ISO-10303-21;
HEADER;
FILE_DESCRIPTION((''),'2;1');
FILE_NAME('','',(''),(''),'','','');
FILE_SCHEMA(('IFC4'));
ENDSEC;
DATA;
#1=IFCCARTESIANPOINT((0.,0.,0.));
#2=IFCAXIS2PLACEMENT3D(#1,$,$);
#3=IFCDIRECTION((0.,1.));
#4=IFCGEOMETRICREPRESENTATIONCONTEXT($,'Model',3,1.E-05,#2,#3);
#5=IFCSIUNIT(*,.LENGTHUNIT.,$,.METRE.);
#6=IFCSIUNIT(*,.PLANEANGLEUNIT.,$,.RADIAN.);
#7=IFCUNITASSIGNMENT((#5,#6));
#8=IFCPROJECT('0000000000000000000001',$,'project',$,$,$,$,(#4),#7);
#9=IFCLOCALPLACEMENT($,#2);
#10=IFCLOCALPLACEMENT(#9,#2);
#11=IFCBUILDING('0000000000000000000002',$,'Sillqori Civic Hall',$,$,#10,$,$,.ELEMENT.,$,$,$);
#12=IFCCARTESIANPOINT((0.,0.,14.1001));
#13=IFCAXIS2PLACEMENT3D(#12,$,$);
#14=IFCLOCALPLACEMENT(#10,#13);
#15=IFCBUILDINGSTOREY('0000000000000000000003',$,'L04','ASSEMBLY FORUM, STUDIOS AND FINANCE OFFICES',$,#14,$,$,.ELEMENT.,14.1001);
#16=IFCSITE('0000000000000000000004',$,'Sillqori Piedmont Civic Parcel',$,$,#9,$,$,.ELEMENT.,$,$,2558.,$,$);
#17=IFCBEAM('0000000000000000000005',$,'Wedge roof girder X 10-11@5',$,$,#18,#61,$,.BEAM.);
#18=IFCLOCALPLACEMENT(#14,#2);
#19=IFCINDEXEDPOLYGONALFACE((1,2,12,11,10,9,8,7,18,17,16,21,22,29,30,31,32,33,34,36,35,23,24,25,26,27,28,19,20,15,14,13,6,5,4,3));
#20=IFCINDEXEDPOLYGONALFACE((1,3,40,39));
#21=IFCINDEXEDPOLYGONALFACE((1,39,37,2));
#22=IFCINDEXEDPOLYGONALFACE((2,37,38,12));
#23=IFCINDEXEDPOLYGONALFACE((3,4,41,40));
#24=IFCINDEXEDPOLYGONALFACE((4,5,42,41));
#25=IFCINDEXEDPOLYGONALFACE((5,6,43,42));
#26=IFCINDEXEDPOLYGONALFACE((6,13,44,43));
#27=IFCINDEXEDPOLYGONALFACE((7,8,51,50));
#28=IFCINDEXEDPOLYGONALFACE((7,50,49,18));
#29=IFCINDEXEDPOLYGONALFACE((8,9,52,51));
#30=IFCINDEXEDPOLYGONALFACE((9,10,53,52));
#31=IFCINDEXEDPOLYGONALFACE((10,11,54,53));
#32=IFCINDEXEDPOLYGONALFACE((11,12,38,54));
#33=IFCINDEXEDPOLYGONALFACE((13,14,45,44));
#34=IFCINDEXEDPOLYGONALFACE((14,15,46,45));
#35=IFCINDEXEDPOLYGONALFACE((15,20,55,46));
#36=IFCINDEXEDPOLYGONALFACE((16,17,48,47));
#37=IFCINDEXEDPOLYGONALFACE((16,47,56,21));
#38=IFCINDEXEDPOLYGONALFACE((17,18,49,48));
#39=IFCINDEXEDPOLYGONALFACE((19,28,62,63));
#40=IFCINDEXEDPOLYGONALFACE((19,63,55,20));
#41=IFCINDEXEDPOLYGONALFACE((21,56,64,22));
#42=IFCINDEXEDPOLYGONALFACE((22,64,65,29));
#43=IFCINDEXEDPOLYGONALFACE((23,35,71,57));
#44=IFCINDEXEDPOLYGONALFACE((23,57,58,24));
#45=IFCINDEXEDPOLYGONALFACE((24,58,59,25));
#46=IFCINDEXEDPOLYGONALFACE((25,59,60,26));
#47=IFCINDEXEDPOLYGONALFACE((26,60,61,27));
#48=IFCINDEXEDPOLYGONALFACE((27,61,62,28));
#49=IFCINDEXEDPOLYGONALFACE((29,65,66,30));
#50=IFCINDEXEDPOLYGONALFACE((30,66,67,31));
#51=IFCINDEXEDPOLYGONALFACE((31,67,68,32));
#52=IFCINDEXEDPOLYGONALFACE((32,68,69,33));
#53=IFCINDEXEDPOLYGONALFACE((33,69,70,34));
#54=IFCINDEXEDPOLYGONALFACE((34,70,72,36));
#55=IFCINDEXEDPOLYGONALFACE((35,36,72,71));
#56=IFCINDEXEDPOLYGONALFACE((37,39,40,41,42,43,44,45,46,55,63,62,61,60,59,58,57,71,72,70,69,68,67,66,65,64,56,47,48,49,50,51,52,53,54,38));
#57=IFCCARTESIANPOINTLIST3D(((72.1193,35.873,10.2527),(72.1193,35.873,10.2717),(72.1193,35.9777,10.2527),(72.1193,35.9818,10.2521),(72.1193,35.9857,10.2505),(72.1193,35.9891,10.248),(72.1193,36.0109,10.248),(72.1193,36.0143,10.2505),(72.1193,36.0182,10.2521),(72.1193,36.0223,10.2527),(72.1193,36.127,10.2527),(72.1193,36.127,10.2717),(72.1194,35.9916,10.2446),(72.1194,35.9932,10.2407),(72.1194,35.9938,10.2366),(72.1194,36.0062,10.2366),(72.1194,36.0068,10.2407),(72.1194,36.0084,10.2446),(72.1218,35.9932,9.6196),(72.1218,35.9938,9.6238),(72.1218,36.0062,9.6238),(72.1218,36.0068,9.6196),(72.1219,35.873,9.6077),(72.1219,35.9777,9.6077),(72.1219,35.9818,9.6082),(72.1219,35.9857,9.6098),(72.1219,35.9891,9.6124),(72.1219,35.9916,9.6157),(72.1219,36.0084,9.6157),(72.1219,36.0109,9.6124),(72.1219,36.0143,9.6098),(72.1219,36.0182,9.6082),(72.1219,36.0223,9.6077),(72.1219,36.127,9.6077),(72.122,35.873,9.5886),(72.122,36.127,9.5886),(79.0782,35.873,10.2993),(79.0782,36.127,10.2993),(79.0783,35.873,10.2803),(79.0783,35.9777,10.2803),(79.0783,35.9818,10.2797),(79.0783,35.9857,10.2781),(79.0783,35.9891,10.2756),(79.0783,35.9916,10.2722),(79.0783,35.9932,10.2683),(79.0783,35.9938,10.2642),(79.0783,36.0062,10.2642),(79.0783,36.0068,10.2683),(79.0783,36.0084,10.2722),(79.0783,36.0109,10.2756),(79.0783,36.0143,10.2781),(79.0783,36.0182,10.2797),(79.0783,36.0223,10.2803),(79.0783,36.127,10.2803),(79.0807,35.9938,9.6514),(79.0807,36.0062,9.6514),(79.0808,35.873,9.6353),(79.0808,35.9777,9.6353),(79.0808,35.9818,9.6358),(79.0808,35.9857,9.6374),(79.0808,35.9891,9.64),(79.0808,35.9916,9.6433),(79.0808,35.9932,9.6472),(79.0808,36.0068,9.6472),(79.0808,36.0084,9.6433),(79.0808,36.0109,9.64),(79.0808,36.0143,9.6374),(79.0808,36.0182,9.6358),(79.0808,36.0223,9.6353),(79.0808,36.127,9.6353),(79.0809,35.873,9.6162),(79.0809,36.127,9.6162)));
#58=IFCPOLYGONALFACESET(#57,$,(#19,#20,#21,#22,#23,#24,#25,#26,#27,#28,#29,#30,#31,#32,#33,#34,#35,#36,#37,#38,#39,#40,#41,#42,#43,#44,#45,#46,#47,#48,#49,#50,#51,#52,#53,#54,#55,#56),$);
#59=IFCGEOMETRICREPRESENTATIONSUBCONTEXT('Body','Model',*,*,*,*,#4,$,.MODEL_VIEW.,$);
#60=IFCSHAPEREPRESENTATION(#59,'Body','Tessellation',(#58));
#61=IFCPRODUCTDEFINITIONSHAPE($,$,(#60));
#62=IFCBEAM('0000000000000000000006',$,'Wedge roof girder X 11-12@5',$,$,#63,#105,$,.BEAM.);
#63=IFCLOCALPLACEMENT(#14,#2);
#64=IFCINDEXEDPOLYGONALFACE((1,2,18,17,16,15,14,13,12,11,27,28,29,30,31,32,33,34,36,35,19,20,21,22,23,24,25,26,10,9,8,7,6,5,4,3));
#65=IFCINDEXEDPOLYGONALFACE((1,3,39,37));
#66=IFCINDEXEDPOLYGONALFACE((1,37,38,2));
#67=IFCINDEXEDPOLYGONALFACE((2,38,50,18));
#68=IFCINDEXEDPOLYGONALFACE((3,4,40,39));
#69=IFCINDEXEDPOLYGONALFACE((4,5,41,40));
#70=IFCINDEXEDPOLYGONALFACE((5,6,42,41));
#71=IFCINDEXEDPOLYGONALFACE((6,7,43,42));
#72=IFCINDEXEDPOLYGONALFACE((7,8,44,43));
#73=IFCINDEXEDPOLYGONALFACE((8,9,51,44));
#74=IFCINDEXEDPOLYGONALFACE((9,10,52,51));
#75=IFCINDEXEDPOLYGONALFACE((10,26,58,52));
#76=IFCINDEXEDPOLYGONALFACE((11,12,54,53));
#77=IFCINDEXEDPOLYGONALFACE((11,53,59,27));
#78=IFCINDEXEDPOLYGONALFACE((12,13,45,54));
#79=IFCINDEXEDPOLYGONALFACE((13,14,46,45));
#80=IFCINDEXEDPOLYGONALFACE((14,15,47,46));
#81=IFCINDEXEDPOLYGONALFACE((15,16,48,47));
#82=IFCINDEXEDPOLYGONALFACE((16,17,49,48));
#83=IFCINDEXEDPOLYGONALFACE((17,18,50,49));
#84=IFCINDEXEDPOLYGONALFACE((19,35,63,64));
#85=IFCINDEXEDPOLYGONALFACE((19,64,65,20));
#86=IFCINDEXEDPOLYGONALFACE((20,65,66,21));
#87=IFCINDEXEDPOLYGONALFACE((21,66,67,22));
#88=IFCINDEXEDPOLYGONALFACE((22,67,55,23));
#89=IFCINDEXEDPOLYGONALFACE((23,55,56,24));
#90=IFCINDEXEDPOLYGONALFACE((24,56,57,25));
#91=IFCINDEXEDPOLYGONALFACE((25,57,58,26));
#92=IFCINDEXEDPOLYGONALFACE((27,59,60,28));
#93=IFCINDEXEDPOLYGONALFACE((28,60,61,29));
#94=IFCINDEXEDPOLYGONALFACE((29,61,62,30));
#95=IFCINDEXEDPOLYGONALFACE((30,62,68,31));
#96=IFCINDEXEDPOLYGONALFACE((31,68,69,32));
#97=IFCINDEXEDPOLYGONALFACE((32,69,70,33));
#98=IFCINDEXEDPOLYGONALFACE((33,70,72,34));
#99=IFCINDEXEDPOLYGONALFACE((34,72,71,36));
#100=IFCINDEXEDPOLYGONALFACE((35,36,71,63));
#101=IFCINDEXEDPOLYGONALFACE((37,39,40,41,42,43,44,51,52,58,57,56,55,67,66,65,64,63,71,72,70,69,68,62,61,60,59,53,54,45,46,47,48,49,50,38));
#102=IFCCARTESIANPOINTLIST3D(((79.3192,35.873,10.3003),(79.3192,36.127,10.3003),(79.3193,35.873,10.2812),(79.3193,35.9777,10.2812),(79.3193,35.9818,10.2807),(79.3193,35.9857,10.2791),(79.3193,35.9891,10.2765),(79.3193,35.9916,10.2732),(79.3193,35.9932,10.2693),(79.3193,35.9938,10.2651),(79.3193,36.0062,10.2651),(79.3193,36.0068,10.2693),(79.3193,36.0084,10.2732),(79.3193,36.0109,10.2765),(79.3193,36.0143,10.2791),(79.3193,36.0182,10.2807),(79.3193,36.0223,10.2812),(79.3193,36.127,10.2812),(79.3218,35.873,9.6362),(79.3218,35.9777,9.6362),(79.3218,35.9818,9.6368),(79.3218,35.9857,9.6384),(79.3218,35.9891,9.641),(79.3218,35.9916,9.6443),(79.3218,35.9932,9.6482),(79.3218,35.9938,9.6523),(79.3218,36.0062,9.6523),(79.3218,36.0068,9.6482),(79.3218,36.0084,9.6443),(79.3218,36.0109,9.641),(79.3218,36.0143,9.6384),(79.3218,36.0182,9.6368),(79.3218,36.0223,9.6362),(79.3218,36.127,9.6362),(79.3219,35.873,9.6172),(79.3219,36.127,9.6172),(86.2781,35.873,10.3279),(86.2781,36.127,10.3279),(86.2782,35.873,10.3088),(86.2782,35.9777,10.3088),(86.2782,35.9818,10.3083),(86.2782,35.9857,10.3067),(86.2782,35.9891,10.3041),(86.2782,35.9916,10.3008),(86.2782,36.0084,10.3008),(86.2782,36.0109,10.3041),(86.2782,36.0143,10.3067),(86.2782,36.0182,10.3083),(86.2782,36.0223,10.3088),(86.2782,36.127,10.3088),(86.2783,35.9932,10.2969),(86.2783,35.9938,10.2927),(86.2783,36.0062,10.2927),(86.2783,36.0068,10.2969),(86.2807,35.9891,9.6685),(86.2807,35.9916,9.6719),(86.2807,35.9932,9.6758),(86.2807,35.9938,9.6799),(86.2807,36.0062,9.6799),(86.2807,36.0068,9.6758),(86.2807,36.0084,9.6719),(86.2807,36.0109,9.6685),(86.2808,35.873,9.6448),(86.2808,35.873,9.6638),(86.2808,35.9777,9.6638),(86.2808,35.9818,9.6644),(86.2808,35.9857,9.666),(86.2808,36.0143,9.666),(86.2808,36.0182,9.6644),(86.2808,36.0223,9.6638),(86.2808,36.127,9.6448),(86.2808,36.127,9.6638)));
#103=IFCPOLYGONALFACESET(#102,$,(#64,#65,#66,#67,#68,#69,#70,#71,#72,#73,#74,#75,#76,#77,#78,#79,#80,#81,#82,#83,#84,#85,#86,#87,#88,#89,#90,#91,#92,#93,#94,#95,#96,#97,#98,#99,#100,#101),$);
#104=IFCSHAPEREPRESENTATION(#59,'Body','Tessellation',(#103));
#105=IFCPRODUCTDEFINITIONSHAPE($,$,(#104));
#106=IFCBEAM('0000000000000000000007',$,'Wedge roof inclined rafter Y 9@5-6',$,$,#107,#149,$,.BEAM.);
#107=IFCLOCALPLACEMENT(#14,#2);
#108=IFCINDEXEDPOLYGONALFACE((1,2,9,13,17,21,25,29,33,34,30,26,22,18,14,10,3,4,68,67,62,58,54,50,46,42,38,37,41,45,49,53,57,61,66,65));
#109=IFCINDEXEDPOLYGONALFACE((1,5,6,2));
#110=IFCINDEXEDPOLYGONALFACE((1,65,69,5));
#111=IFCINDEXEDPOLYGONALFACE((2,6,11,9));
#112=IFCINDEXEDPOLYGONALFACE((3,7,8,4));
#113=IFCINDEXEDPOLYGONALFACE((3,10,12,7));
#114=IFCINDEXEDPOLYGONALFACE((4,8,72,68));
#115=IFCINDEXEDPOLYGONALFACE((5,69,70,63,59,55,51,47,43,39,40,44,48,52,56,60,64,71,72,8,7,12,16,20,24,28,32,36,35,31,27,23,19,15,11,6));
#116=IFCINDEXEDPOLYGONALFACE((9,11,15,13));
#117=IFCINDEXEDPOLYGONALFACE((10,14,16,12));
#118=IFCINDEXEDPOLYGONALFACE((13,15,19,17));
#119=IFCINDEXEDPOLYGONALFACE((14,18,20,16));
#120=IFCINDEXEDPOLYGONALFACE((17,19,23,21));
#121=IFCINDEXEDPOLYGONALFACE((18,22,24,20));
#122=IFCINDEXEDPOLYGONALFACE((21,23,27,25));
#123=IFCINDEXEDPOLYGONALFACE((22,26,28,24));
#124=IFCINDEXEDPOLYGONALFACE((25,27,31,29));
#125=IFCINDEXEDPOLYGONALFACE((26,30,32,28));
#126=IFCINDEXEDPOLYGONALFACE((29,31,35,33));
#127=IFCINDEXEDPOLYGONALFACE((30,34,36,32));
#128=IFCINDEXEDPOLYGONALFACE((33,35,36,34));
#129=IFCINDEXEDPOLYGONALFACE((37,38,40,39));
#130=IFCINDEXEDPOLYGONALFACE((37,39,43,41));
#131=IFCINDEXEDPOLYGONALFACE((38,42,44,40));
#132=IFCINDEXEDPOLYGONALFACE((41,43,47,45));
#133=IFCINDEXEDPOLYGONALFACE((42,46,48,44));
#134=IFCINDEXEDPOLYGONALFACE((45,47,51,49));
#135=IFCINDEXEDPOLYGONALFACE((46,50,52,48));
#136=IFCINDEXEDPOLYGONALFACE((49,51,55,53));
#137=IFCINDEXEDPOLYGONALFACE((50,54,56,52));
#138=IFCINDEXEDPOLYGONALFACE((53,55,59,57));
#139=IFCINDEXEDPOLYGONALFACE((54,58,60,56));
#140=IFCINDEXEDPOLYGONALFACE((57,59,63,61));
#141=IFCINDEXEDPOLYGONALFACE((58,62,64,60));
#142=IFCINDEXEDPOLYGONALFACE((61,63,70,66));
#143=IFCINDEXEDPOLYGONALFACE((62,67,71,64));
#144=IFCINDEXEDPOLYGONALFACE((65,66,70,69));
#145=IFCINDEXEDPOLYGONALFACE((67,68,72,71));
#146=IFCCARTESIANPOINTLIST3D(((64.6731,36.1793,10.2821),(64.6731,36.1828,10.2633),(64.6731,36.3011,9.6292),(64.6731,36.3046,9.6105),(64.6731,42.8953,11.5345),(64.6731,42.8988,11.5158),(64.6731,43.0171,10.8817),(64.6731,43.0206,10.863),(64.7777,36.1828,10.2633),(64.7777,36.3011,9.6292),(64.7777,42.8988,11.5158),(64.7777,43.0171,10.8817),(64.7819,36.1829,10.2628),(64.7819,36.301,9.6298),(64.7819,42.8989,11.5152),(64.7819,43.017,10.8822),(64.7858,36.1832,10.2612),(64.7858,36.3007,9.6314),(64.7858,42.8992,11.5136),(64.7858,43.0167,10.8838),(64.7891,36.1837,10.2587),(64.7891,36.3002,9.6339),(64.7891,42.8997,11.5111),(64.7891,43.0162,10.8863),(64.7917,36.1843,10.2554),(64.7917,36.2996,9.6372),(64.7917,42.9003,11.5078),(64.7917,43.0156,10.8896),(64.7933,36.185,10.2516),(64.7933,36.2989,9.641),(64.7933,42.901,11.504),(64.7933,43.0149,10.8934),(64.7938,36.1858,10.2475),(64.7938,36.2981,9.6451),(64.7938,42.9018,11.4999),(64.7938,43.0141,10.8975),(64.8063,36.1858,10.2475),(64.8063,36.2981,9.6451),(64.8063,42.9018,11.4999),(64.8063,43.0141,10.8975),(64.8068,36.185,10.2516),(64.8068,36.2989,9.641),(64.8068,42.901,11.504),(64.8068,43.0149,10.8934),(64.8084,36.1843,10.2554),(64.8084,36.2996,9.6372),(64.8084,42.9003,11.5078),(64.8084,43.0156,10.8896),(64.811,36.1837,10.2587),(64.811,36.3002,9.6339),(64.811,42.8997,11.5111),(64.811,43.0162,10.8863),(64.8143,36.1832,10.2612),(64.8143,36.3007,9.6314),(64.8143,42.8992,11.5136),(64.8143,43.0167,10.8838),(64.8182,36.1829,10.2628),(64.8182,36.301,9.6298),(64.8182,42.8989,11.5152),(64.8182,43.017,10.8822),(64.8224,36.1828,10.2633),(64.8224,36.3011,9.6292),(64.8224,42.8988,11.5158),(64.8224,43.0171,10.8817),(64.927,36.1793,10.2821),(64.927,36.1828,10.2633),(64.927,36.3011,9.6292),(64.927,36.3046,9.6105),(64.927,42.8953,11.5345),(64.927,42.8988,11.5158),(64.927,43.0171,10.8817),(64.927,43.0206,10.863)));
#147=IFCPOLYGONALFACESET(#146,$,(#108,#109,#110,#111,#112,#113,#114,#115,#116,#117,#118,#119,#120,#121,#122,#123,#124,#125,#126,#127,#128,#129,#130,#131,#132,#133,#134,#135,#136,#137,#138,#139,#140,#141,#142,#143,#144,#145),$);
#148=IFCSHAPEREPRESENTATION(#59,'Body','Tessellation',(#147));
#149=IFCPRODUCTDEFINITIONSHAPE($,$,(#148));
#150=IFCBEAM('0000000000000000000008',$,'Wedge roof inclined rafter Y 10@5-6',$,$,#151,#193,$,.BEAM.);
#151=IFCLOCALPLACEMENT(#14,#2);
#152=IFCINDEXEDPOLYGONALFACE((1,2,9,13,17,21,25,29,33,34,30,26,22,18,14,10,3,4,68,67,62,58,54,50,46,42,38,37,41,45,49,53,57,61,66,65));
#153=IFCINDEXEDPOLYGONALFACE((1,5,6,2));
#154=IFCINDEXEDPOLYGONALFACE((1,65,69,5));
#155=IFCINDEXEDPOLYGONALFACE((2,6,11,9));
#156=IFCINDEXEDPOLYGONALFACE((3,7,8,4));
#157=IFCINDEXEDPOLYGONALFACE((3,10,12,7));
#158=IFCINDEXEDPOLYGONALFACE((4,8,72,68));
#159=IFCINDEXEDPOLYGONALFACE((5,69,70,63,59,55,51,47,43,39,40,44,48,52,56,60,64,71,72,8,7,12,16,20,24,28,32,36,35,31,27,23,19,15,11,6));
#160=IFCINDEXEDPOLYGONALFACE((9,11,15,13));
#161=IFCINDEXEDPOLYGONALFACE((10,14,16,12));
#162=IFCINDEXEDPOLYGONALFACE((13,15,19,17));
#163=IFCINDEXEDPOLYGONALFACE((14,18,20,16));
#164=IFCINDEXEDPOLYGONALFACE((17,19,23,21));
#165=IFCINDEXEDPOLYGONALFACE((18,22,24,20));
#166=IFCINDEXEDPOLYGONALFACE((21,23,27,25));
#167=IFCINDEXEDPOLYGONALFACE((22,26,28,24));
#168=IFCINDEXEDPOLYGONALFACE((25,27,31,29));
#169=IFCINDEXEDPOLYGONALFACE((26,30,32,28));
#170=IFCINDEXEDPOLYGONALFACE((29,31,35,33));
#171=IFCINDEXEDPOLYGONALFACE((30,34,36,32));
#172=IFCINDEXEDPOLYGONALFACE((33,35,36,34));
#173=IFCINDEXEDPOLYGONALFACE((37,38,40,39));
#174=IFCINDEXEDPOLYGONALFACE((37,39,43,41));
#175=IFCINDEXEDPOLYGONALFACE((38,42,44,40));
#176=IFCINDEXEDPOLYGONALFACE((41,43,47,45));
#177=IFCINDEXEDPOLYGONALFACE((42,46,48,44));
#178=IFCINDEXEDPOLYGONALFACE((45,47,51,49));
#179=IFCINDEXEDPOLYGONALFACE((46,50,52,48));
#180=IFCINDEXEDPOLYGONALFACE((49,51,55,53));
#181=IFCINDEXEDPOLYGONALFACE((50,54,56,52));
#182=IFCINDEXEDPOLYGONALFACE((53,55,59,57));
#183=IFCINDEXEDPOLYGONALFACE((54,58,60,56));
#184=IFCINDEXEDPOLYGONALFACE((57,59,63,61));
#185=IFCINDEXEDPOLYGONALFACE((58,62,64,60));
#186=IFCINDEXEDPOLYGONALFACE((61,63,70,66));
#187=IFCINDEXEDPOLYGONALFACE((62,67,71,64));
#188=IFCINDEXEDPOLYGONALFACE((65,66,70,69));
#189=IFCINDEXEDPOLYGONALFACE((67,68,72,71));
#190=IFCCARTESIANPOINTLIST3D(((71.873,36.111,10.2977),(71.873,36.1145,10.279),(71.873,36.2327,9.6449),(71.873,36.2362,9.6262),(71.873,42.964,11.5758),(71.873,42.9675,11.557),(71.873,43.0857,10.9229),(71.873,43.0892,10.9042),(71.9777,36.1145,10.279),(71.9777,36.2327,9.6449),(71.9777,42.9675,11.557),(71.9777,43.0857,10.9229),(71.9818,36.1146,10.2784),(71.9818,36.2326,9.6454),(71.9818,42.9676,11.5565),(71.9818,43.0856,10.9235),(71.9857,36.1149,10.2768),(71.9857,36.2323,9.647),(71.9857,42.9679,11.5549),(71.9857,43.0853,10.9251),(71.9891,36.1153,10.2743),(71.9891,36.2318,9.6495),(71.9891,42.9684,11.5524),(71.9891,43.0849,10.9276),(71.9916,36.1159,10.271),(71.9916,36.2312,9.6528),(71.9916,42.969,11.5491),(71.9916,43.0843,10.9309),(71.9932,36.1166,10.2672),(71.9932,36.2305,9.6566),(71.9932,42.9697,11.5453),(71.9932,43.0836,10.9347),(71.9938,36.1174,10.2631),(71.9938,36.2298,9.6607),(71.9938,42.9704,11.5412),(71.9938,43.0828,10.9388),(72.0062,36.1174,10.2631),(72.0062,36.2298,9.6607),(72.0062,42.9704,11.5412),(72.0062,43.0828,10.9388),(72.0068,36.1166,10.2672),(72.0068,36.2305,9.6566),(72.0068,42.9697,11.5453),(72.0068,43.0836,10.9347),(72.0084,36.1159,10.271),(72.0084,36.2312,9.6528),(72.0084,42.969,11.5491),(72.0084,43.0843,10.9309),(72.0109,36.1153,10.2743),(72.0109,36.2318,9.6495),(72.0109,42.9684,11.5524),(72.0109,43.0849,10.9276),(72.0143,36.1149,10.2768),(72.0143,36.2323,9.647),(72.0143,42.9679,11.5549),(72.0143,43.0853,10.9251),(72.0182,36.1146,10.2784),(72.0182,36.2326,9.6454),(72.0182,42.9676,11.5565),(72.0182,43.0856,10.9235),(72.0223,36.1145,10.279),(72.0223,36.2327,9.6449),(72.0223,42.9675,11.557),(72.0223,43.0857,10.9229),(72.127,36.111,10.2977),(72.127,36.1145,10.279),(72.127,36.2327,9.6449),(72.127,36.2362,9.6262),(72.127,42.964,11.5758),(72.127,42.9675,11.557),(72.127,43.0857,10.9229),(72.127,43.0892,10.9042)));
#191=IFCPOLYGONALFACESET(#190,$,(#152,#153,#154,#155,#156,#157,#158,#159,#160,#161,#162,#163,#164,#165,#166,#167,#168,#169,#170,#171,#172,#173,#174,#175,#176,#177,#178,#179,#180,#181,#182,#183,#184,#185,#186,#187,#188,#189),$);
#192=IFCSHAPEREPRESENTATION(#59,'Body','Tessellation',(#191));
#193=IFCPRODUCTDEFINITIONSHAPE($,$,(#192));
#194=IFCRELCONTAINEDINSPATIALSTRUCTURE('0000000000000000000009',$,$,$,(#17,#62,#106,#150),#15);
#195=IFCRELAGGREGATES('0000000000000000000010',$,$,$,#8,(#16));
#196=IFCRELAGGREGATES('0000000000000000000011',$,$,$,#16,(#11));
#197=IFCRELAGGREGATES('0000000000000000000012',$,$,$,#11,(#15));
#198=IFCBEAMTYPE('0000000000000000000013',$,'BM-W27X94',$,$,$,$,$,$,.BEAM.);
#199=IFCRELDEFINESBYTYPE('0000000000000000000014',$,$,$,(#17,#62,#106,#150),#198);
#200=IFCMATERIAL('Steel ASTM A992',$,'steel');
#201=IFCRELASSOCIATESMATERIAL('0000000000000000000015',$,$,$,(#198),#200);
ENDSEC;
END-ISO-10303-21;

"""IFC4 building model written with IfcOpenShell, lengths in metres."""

from ifc_helpers import new_model, si_unit, direction, frame, origin, origin_2d, place, context, subcontext, project, spatial, i_section, extrude, material, material_profile, profile_set, type_object, element, save


model = new_model("IFC4")

# Units and contexts
model_context = context("Model", 3, precision=1e-05, world=origin(), true_north=direction((0.0, 1.0)))
body_context = subcontext(model_context, "Body", "Model", "MODEL_VIEW")
ifc_project = project(units=[si_unit("LENGTHUNIT", "METRE"), si_unit("PLANEANGLEUNIT", "RADIAN")], contexts=[model_context])

# Site, building, storey
site_placement = place(None, origin())
site = spatial("IfcSite", under=ifc_project, at=site_placement, Name="Sillqori Piedmont Civic Parcel", CompositionType="ELEMENT", RefElevation=2558.0)
building_placement = place(site_placement, origin())
building = spatial("IfcBuilding", under=site, at=building_placement, Name="Sillqori Civic Hall", CompositionType="ELEMENT")
storey_placement = place(building_placement, frame((0.0, 0.0, 14.1001)))
storey = spatial("IfcBuildingStorey", under=building, at=storey_placement, Name="L04", Description="ASSEMBLY FORUM, STUDIOS AND FINANCE OFFICES", CompositionType="ELEMENT", Elevation=14.1001)

# Shared definitions
ifc_material_1 = material(Name="Steel ASTM A992", Category="steel")

# Beams
ifc_material_profile_1 = material_profile(ifc_material_1, i_section(OverallWidth=0.2539, OverallDepth=0.6831, WebThickness=0.0125, FlangeThickness=0.019, FilletRadius=0.0161, at=origin_2d()), Name="W27X94")
ifc_profile_set_1 = profile_set([ifc_material_profile_1], Name="Steel ASTM A992")
beam_type_1 = type_object("IfcBeamType", Name="BM-W27X94", PredefinedType="BEAM", material=ifc_profile_set_1)
for number, where, z_axis, x_axis, name in (
    (1, (72.1206, 36.0, 9.9302), (0.999992, 0.0, 0.003964), (0.0, 1.0, 0.0), "Wedge roof girder X 10-11@5"),
    (2, (79.3206, 36.0, 9.9587), (0.999992, 0.0, 0.003964), (0.0, 1.0, 0.0), "Wedge roof girder X 11-12@5"),
):
    element("IfcBeam", number, at=place(storey_placement, frame(where, z_axis=z_axis, x_axis=x_axis)), inside=storey, type_object=beam_type_1, Name=name, PredefinedType="BEAM", context=body_context, shape_type="SweptSolid", body=[
        extrude(i_section(OverallWidth=0.2539, OverallDepth=0.6831, WebThickness=0.0125, FlangeThickness=0.019, FilletRadius=0.0161, at=origin_2d()), origin(), (0.0, 0.0, 1.0), 6.959),
    ])
beam_1_placement = place(storey_placement, frame((64.8, 36.2419, 9.9463), z_axis=(0.0, 0.983053, 0.183324), x_axis=(-1.0, 0.0, 0.0)))
element("IfcBeam", 3, at=beam_1_placement, inside=storey, type_object=beam_type_1, Name="Wedge roof inclined rafter Y 9@5-6", PredefinedType="BEAM", context=body_context, shape_type="SweptSolid", body=[
    extrude(i_section(OverallWidth=0.2539, OverallDepth=0.6831, WebThickness=0.0125, FlangeThickness=0.019, FilletRadius=0.0161, at=origin_2d()), origin(), (0.0, 0.0, 1.0), 6.8318),
])
for number, where, z_axis, x_axis, name in (
    (4, (72.0, 36.1736, 9.9619), (0.0, 0.98305, 0.183337), (-1.0, 0.0, 0.0), "Wedge roof inclined rafter Y 10@5-6"),
):
    element("IfcBeam", number, at=place(storey_placement, frame(where, z_axis=z_axis, x_axis=x_axis)), inside=storey, type_object=beam_type_1, Name=name, PredefinedType="BEAM", context=body_context, shape_type="SweptSolid", body=[
        extrude(i_section(OverallWidth=0.2539, OverallDepth=0.6831, WebThickness=0.0125, FlangeThickness=0.019, FilletRadius=0.0161, at=origin_2d()), origin(), (0.0, 0.0, 1.0), 6.9712),
    ])

save(model, "model.ifc")
